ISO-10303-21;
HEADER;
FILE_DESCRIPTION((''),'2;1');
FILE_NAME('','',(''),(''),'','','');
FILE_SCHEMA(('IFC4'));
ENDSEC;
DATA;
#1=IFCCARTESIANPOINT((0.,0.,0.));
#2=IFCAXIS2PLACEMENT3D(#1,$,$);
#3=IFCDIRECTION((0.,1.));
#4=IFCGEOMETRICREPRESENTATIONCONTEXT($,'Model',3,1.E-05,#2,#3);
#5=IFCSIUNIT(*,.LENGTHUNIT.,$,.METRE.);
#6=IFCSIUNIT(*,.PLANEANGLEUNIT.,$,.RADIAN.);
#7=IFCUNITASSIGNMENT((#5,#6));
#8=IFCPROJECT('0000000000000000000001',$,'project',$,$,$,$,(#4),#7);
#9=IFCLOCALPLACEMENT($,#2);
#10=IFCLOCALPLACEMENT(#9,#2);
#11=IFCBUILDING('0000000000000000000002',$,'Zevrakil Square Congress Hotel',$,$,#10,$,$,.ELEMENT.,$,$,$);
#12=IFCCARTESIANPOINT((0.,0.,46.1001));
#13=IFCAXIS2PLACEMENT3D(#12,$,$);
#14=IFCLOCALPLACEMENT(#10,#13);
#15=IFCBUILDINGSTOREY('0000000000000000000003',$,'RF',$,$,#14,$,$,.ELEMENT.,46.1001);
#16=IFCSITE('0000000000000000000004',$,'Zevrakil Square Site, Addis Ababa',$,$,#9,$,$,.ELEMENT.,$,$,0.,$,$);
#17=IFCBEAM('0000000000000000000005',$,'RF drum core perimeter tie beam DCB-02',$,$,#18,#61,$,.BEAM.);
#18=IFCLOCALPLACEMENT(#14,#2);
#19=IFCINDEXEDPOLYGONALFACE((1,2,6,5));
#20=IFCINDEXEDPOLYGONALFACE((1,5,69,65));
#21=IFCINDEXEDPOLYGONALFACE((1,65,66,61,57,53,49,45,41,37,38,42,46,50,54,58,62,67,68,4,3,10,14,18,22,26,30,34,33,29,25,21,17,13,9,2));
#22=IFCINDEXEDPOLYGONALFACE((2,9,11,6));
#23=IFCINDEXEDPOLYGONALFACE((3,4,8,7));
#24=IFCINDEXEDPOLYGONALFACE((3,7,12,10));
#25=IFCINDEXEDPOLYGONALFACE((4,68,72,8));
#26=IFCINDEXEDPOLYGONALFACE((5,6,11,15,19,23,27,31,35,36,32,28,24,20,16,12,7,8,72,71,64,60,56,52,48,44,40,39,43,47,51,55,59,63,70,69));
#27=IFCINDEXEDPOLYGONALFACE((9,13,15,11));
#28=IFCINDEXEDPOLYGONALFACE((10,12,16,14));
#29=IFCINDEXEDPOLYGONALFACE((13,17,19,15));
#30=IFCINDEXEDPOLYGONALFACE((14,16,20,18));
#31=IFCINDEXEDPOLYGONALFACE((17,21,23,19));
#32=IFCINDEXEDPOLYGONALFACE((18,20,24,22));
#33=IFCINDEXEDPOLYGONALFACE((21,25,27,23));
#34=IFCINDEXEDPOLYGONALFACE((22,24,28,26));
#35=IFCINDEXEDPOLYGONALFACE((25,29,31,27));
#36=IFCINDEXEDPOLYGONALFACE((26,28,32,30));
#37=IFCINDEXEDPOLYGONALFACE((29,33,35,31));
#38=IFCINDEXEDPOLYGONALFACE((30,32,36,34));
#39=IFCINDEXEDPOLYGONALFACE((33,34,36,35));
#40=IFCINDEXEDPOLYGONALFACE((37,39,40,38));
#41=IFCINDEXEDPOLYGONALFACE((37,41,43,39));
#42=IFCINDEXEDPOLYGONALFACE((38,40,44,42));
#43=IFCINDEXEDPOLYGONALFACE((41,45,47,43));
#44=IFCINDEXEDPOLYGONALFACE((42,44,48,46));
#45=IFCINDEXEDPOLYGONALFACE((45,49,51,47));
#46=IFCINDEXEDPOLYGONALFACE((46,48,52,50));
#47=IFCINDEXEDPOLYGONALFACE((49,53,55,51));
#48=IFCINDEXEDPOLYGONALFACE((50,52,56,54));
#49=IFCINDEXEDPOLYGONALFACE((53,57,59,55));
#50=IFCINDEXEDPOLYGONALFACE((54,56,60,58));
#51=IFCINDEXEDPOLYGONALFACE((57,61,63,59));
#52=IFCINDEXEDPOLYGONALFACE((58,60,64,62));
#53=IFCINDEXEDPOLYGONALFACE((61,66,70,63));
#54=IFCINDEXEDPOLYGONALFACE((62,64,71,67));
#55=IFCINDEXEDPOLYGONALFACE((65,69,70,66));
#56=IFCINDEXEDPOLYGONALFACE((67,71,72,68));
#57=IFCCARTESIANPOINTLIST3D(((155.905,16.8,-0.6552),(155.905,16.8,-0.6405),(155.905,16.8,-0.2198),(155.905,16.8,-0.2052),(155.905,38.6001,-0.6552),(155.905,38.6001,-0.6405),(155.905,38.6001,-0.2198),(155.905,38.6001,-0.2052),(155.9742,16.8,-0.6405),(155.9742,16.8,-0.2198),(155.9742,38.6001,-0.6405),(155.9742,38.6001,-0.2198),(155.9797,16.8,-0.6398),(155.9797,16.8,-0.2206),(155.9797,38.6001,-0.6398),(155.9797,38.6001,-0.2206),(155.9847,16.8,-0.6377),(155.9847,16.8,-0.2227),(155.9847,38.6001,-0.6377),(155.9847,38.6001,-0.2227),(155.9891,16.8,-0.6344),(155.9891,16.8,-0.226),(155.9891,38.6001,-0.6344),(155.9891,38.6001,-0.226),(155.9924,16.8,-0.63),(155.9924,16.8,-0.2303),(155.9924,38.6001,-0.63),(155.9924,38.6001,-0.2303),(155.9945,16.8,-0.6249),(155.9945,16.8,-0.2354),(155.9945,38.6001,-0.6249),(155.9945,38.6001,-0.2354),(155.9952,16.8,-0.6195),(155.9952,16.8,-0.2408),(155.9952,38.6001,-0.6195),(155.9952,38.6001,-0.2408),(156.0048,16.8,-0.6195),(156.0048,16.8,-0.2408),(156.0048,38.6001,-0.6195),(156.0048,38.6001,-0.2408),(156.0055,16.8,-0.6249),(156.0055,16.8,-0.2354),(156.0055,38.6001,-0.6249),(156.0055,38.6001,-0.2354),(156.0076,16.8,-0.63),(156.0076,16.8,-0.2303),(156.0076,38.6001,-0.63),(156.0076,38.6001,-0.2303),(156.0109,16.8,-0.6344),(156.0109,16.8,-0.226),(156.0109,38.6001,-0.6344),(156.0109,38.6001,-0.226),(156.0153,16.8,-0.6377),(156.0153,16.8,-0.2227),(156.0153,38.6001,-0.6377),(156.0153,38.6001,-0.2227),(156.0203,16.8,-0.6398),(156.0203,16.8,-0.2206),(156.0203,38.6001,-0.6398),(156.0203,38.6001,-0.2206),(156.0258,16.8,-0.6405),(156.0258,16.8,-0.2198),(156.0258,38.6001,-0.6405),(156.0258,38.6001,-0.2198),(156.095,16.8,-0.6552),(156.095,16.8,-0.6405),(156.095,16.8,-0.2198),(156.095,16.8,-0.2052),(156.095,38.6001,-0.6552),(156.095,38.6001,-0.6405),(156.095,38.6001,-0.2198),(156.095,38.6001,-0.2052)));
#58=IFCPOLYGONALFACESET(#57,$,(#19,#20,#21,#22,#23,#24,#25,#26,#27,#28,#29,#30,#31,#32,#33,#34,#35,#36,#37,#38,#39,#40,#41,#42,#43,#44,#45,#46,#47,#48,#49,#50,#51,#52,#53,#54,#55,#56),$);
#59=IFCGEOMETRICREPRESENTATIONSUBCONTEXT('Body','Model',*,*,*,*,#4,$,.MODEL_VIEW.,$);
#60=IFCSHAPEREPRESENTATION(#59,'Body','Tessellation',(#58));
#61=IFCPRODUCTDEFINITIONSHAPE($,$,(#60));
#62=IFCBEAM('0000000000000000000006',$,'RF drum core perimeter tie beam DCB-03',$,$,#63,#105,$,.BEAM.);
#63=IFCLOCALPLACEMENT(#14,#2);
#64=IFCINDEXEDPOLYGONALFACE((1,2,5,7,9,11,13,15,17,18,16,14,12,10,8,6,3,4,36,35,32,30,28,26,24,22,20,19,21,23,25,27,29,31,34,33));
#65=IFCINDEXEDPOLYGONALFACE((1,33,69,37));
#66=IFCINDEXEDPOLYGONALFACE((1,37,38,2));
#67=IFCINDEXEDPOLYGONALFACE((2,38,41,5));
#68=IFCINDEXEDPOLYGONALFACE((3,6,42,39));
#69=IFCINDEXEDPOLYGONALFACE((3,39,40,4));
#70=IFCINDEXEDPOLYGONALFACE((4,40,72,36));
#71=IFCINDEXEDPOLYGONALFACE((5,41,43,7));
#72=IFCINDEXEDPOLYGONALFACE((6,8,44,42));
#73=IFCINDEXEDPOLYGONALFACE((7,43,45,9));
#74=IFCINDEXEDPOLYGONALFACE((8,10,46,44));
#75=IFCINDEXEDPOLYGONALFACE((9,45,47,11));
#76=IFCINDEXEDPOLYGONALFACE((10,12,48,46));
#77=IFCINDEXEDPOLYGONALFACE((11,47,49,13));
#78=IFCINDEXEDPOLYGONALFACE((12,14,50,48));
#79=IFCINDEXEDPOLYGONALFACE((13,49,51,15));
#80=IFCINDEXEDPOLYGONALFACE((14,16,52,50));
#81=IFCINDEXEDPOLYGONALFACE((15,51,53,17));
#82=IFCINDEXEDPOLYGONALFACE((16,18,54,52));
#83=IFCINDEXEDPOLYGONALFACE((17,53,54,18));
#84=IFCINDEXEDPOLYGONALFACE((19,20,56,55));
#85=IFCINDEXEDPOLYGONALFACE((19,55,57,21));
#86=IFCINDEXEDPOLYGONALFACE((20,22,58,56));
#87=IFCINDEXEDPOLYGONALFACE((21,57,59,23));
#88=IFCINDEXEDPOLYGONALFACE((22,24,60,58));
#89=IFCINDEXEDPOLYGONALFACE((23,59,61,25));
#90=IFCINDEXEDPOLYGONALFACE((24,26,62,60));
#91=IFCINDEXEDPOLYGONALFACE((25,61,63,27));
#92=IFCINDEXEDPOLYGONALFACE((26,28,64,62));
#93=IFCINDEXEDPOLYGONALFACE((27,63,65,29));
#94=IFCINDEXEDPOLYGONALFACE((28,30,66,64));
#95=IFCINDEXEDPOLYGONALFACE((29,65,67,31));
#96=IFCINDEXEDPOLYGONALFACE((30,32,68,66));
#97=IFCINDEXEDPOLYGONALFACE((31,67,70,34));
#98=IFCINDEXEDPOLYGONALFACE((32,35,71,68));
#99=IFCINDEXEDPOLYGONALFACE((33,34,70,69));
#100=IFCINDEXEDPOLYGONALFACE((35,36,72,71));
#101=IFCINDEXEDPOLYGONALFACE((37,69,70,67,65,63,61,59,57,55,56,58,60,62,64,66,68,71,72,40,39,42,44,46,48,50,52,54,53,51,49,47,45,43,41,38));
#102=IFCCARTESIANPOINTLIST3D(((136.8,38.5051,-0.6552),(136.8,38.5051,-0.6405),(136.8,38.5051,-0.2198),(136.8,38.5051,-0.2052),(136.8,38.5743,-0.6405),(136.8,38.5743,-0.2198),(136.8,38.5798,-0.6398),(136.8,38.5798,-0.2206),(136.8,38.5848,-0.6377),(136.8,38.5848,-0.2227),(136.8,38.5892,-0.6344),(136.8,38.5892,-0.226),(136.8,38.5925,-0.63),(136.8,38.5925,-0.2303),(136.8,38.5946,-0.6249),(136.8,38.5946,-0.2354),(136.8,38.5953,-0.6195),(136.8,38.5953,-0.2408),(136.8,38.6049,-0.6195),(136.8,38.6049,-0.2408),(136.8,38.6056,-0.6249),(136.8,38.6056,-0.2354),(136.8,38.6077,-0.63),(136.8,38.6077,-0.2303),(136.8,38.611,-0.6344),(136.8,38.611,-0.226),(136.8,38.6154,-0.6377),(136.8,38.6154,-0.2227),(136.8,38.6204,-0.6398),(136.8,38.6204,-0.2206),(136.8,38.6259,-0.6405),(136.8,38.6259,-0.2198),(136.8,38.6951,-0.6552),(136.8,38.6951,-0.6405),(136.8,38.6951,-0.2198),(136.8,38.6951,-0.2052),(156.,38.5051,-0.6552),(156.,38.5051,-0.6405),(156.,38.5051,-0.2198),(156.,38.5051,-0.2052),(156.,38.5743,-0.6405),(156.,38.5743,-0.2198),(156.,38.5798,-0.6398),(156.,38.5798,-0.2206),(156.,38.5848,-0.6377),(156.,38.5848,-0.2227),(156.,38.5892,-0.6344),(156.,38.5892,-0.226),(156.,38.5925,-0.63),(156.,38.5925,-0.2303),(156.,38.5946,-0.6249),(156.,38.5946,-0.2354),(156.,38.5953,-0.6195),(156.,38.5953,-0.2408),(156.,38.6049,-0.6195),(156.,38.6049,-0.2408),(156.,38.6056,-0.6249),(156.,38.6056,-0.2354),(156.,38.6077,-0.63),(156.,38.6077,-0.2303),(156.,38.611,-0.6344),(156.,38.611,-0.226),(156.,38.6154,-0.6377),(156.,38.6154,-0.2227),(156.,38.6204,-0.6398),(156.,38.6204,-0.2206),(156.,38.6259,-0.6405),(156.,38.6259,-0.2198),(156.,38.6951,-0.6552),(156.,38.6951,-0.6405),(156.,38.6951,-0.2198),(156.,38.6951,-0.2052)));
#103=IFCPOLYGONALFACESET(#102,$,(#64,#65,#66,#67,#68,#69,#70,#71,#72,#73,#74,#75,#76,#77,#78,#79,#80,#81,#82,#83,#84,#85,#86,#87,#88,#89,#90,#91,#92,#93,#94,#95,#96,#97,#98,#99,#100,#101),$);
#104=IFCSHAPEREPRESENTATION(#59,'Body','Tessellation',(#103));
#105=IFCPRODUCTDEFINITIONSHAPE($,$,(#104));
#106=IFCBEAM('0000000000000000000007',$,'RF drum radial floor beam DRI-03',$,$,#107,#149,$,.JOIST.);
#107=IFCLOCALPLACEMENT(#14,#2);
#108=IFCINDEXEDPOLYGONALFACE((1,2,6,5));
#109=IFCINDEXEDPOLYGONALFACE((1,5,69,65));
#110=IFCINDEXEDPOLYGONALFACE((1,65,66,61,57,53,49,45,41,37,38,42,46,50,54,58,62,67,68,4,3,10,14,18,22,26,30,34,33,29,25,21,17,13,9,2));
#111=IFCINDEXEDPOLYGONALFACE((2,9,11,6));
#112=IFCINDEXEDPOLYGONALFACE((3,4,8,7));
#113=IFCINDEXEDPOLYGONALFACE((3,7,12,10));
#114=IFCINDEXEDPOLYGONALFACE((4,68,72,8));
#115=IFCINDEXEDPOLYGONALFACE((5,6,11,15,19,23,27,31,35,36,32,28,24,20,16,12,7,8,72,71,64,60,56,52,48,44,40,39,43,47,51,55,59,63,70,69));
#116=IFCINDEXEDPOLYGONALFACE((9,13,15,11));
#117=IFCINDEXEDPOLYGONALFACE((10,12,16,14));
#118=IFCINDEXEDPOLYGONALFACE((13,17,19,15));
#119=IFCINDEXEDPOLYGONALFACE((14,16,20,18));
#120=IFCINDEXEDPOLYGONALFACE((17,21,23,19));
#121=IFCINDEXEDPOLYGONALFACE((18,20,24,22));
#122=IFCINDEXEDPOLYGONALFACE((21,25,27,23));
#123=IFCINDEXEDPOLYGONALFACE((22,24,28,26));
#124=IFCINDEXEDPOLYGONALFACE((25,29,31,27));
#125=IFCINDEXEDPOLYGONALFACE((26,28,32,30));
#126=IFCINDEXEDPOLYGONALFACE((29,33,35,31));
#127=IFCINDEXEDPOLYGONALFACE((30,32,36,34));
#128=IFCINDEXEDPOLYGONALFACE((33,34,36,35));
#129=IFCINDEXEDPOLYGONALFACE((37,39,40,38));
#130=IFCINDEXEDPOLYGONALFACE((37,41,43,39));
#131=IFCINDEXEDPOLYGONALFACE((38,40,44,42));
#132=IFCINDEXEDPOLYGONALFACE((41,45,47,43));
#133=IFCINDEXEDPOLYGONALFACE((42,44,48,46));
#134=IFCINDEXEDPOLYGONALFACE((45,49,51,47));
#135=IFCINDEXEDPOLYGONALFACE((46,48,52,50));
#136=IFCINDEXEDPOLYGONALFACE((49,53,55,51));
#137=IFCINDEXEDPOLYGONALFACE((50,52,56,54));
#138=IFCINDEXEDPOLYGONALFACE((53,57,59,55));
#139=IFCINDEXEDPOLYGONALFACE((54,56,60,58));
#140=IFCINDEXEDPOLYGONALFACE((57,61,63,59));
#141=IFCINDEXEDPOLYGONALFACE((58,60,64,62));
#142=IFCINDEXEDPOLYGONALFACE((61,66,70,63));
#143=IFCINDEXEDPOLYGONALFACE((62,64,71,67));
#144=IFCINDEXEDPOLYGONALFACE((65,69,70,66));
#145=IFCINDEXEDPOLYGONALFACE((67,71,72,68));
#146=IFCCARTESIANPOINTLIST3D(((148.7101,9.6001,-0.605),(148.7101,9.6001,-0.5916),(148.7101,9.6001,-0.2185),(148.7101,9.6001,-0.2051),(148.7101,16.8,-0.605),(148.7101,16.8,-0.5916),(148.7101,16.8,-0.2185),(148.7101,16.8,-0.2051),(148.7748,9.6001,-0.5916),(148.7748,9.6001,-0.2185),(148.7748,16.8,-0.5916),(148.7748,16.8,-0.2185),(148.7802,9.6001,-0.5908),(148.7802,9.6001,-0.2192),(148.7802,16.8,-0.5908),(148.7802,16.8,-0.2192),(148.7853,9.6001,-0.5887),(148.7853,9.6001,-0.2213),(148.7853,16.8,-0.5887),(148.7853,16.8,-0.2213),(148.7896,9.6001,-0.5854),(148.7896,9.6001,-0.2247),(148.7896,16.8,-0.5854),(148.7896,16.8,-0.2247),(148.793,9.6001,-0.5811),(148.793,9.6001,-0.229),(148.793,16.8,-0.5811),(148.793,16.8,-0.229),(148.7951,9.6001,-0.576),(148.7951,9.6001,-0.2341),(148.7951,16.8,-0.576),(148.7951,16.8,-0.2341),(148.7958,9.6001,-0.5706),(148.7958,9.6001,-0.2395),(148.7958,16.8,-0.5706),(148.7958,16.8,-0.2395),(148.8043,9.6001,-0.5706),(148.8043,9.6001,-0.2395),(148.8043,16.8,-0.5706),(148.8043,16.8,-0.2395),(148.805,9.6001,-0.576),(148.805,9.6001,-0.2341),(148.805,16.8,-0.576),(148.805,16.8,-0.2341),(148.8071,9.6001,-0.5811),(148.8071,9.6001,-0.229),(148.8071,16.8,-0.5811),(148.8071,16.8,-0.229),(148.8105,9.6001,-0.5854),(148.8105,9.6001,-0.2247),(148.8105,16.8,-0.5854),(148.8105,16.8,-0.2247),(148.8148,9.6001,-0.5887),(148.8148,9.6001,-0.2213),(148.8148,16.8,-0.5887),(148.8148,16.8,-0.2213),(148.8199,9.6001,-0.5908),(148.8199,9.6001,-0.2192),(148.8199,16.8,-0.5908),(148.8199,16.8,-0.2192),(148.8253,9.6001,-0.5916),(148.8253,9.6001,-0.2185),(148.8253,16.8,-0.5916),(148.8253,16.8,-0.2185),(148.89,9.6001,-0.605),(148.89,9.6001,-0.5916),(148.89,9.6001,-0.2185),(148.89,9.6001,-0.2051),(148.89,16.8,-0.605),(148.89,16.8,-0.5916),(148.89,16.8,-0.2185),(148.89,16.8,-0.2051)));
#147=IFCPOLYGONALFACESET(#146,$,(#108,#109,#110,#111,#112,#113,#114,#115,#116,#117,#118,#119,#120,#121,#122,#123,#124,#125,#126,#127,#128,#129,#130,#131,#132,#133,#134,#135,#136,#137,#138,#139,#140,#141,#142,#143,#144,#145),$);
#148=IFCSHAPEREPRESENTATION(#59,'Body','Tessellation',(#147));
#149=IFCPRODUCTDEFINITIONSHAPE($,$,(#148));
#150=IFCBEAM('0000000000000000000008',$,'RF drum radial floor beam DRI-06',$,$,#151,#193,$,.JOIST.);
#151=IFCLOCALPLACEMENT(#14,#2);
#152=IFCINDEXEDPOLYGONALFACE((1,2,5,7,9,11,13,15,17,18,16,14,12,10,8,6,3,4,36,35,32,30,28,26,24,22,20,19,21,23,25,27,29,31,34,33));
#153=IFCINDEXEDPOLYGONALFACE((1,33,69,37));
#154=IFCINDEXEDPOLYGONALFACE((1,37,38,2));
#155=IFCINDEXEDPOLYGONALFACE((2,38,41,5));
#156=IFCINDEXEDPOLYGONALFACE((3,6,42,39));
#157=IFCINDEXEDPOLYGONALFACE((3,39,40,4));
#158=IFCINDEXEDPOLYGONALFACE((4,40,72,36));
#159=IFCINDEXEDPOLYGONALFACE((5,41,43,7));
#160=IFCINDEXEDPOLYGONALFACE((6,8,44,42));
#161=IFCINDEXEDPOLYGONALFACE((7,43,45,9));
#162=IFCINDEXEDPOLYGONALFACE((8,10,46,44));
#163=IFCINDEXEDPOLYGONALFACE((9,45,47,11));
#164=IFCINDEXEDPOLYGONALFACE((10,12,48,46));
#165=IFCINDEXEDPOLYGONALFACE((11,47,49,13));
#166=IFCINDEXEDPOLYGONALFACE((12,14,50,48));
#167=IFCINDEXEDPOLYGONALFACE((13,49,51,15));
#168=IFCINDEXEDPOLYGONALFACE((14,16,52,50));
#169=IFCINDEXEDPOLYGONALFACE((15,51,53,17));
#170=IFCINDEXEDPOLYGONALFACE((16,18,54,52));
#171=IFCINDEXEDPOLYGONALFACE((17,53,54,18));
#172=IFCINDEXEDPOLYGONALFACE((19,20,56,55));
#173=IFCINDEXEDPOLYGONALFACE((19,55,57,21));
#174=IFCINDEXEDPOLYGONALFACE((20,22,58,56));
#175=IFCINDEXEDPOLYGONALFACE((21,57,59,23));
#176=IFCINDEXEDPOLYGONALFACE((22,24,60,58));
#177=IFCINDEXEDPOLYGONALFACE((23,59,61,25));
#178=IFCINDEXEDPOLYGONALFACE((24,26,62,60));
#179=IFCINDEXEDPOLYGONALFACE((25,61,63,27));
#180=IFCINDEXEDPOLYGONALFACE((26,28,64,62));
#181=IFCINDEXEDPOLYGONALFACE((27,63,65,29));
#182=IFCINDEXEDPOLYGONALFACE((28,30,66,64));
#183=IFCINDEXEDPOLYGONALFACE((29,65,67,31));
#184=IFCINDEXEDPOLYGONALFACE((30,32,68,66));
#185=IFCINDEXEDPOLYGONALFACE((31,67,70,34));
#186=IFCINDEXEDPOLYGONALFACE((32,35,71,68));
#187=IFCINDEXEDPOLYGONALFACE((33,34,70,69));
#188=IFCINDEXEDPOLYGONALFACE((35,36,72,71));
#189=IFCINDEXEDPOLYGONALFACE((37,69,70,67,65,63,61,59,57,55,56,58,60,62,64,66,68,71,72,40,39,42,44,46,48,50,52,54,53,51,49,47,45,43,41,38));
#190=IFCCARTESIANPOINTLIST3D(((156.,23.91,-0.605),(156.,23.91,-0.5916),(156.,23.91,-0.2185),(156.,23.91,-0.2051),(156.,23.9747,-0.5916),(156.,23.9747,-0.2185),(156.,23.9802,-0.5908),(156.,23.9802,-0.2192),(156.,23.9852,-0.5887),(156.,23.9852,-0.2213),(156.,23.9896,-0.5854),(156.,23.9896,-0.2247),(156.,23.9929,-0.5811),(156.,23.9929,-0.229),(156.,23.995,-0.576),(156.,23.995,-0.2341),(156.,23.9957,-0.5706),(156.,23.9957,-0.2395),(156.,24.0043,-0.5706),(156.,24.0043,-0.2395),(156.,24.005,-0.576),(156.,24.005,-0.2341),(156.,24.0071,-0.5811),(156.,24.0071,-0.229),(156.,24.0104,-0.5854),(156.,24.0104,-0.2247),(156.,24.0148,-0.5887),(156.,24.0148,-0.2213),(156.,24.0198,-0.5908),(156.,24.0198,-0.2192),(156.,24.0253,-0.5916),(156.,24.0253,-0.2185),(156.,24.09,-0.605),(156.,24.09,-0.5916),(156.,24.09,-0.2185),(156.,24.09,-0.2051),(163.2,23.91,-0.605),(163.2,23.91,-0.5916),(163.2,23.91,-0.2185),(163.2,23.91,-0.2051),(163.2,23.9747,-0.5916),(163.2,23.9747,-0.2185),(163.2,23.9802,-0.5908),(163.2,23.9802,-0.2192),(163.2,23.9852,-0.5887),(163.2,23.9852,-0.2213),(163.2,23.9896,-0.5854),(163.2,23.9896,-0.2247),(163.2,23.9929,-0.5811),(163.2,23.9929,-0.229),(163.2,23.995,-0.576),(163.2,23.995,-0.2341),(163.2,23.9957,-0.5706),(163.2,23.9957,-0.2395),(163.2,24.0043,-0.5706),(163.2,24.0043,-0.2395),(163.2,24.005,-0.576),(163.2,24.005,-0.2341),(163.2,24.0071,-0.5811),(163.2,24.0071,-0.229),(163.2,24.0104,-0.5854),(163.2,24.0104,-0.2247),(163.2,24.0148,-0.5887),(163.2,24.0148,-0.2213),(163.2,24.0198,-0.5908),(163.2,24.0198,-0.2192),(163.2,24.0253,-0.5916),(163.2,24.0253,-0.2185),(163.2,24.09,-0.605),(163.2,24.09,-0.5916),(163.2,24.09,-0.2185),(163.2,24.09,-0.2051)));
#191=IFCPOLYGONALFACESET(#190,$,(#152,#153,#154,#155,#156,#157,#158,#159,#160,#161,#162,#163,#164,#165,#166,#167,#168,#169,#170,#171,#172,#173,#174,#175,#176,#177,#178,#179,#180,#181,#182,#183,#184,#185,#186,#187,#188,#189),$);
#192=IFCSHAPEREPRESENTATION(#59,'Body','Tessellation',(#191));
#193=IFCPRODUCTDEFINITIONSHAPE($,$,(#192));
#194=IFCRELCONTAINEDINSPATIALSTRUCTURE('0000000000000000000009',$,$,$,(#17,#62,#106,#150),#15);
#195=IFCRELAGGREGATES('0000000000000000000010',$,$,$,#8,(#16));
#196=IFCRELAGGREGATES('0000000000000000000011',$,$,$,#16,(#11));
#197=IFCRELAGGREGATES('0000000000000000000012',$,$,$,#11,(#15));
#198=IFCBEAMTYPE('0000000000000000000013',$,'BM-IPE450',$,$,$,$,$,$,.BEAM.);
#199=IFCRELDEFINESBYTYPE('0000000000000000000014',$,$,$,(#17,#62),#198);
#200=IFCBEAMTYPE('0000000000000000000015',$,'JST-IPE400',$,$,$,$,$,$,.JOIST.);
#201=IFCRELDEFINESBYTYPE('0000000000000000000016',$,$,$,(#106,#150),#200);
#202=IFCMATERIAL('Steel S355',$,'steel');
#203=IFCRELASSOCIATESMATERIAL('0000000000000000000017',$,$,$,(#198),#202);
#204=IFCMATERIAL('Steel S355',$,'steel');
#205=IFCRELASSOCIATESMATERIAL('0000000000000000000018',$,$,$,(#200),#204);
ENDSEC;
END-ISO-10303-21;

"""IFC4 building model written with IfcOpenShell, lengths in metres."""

from ifc_helpers import new_model, si_unit, direction, frame, origin, origin_2d, place, context, subcontext, project, spatial, i_section, extrude, material, material_profile, profile_set, type_object, element, save


model = new_model("IFC4")

# Units and contexts
model_context = context("Model", 3, precision=1e-05, world=origin(), true_north=direction((0.0, 1.0)))
body_context = subcontext(model_context, "Body", "Model", "MODEL_VIEW")
ifc_project = project(units=[si_unit("LENGTHUNIT", "METRE"), si_unit("PLANEANGLEUNIT", "RADIAN")], contexts=[model_context])

# Site, building, storey
site_placement = place(None, origin())
site = spatial("IfcSite", under=ifc_project, at=site_placement, Name="Zevrakil Square Site, Addis Ababa", CompositionType="ELEMENT", RefElevation=0.0)
building_placement = place(site_placement, origin())
building = spatial("IfcBuilding", under=site, at=building_placement, Name="Zevrakil Square Congress Hotel", CompositionType="ELEMENT")
storey_placement = place(building_placement, frame((0.0, 0.0, 46.1001)))
storey = spatial("IfcBuildingStorey", under=building, at=storey_placement, Name="RF", CompositionType="ELEMENT", Elevation=46.1001)

# Beams
ifc_material_1 = material(Name="Steel S355", Category="steel")
ifc_material_profile_1 = material_profile(ifc_material_1, i_section(OverallWidth=0.1899, OverallDepth=0.45, WebThickness=0.0095, FlangeThickness=0.0146, FilletRadius=0.021, at=origin_2d()), Name="IPE 450")
ifc_profile_set_1 = profile_set([ifc_material_profile_1], Name="Steel S355")
beam_type_1 = type_object("IfcBeamType", Name="BM-IPE450", PredefinedType="BEAM", material=ifc_profile_set_1)
beam_1_placement = place(storey_placement, frame((156.0, 16.8, -0.4302), z_axis=(0.0, 1.0, 0.0), x_axis=(-1.0, 0.0, 0.0)))
element("IfcBeam", 1, at=beam_1_placement, inside=storey, type_object=beam_type_1, Name="RF drum core perimeter tie beam DCB-02", PredefinedType="BEAM", context=body_context, shape_type="SweptSolid", body=[
    extrude(i_section(OverallWidth=0.1899, OverallDepth=0.45, WebThickness=0.0095, FlangeThickness=0.0146, FilletRadius=0.021, at=origin_2d()), origin(), (0.0, 0.0, 1.0), 21.8),
])
beam_2_placement = place(storey_placement, frame((156.0, 38.6001, -0.4302), z_axis=(-1.0, 0.0, 0.0), x_axis=(0.0, -1.0, 0.0)))
element("IfcBeam", 2, at=beam_2_placement, inside=storey, type_object=beam_type_1, Name="RF drum core perimeter tie beam DCB-03", PredefinedType="BEAM", context=body_context, shape_type="SweptSolid", body=[
    extrude(i_section(OverallWidth=0.1899, OverallDepth=0.45, WebThickness=0.0095, FlangeThickness=0.0146, FilletRadius=0.021, at=origin_2d()), origin(), (0.0, 0.0, 1.0), 19.2),
])
ifc_material_2 = material(Name="Steel S355", Category="steel")
ifc_material_profile_2 = material_profile(ifc_material_2, i_section(OverallWidth=0.1799, OverallDepth=0.3999, WebThickness=0.0085, FlangeThickness=0.0134, FilletRadius=0.021, at=origin_2d()), Name="IPE 400")
ifc_profile_set_2 = profile_set([ifc_material_profile_2], Name="Steel S355")
beam_type_2 = type_object("IfcBeamType", Name="JST-IPE400", PredefinedType="JOIST", material=ifc_profile_set_2)
for number, where, z_axis, x_axis, name in (
    (3, (148.8, 16.8, -0.405), (0.0, -1.0, 0.0), (1.0, 0.0, 0.0), "RF drum radial floor beam DRI-03"),
    (4, (156.0, 24.0, -0.405), (1.0, 0.0, 0.0), (0.0, 1.0, 0.0), "RF drum radial floor beam DRI-06"),
):
    element("IfcBeam", number, at=place(storey_placement, frame(where, z_axis=z_axis, x_axis=x_axis)), inside=storey, type_object=beam_type_2, Name=name, PredefinedType="JOIST", context=body_context, shape_type="SweptSolid", body=[
        extrude(i_section(OverallWidth=0.1799, OverallDepth=0.3999, WebThickness=0.0085, FlangeThickness=0.0134, FilletRadius=0.021, at=origin_2d()), origin(), (0.0, 0.0, 1.0), 7.2),
    ])

save(model, "model.ifc")
